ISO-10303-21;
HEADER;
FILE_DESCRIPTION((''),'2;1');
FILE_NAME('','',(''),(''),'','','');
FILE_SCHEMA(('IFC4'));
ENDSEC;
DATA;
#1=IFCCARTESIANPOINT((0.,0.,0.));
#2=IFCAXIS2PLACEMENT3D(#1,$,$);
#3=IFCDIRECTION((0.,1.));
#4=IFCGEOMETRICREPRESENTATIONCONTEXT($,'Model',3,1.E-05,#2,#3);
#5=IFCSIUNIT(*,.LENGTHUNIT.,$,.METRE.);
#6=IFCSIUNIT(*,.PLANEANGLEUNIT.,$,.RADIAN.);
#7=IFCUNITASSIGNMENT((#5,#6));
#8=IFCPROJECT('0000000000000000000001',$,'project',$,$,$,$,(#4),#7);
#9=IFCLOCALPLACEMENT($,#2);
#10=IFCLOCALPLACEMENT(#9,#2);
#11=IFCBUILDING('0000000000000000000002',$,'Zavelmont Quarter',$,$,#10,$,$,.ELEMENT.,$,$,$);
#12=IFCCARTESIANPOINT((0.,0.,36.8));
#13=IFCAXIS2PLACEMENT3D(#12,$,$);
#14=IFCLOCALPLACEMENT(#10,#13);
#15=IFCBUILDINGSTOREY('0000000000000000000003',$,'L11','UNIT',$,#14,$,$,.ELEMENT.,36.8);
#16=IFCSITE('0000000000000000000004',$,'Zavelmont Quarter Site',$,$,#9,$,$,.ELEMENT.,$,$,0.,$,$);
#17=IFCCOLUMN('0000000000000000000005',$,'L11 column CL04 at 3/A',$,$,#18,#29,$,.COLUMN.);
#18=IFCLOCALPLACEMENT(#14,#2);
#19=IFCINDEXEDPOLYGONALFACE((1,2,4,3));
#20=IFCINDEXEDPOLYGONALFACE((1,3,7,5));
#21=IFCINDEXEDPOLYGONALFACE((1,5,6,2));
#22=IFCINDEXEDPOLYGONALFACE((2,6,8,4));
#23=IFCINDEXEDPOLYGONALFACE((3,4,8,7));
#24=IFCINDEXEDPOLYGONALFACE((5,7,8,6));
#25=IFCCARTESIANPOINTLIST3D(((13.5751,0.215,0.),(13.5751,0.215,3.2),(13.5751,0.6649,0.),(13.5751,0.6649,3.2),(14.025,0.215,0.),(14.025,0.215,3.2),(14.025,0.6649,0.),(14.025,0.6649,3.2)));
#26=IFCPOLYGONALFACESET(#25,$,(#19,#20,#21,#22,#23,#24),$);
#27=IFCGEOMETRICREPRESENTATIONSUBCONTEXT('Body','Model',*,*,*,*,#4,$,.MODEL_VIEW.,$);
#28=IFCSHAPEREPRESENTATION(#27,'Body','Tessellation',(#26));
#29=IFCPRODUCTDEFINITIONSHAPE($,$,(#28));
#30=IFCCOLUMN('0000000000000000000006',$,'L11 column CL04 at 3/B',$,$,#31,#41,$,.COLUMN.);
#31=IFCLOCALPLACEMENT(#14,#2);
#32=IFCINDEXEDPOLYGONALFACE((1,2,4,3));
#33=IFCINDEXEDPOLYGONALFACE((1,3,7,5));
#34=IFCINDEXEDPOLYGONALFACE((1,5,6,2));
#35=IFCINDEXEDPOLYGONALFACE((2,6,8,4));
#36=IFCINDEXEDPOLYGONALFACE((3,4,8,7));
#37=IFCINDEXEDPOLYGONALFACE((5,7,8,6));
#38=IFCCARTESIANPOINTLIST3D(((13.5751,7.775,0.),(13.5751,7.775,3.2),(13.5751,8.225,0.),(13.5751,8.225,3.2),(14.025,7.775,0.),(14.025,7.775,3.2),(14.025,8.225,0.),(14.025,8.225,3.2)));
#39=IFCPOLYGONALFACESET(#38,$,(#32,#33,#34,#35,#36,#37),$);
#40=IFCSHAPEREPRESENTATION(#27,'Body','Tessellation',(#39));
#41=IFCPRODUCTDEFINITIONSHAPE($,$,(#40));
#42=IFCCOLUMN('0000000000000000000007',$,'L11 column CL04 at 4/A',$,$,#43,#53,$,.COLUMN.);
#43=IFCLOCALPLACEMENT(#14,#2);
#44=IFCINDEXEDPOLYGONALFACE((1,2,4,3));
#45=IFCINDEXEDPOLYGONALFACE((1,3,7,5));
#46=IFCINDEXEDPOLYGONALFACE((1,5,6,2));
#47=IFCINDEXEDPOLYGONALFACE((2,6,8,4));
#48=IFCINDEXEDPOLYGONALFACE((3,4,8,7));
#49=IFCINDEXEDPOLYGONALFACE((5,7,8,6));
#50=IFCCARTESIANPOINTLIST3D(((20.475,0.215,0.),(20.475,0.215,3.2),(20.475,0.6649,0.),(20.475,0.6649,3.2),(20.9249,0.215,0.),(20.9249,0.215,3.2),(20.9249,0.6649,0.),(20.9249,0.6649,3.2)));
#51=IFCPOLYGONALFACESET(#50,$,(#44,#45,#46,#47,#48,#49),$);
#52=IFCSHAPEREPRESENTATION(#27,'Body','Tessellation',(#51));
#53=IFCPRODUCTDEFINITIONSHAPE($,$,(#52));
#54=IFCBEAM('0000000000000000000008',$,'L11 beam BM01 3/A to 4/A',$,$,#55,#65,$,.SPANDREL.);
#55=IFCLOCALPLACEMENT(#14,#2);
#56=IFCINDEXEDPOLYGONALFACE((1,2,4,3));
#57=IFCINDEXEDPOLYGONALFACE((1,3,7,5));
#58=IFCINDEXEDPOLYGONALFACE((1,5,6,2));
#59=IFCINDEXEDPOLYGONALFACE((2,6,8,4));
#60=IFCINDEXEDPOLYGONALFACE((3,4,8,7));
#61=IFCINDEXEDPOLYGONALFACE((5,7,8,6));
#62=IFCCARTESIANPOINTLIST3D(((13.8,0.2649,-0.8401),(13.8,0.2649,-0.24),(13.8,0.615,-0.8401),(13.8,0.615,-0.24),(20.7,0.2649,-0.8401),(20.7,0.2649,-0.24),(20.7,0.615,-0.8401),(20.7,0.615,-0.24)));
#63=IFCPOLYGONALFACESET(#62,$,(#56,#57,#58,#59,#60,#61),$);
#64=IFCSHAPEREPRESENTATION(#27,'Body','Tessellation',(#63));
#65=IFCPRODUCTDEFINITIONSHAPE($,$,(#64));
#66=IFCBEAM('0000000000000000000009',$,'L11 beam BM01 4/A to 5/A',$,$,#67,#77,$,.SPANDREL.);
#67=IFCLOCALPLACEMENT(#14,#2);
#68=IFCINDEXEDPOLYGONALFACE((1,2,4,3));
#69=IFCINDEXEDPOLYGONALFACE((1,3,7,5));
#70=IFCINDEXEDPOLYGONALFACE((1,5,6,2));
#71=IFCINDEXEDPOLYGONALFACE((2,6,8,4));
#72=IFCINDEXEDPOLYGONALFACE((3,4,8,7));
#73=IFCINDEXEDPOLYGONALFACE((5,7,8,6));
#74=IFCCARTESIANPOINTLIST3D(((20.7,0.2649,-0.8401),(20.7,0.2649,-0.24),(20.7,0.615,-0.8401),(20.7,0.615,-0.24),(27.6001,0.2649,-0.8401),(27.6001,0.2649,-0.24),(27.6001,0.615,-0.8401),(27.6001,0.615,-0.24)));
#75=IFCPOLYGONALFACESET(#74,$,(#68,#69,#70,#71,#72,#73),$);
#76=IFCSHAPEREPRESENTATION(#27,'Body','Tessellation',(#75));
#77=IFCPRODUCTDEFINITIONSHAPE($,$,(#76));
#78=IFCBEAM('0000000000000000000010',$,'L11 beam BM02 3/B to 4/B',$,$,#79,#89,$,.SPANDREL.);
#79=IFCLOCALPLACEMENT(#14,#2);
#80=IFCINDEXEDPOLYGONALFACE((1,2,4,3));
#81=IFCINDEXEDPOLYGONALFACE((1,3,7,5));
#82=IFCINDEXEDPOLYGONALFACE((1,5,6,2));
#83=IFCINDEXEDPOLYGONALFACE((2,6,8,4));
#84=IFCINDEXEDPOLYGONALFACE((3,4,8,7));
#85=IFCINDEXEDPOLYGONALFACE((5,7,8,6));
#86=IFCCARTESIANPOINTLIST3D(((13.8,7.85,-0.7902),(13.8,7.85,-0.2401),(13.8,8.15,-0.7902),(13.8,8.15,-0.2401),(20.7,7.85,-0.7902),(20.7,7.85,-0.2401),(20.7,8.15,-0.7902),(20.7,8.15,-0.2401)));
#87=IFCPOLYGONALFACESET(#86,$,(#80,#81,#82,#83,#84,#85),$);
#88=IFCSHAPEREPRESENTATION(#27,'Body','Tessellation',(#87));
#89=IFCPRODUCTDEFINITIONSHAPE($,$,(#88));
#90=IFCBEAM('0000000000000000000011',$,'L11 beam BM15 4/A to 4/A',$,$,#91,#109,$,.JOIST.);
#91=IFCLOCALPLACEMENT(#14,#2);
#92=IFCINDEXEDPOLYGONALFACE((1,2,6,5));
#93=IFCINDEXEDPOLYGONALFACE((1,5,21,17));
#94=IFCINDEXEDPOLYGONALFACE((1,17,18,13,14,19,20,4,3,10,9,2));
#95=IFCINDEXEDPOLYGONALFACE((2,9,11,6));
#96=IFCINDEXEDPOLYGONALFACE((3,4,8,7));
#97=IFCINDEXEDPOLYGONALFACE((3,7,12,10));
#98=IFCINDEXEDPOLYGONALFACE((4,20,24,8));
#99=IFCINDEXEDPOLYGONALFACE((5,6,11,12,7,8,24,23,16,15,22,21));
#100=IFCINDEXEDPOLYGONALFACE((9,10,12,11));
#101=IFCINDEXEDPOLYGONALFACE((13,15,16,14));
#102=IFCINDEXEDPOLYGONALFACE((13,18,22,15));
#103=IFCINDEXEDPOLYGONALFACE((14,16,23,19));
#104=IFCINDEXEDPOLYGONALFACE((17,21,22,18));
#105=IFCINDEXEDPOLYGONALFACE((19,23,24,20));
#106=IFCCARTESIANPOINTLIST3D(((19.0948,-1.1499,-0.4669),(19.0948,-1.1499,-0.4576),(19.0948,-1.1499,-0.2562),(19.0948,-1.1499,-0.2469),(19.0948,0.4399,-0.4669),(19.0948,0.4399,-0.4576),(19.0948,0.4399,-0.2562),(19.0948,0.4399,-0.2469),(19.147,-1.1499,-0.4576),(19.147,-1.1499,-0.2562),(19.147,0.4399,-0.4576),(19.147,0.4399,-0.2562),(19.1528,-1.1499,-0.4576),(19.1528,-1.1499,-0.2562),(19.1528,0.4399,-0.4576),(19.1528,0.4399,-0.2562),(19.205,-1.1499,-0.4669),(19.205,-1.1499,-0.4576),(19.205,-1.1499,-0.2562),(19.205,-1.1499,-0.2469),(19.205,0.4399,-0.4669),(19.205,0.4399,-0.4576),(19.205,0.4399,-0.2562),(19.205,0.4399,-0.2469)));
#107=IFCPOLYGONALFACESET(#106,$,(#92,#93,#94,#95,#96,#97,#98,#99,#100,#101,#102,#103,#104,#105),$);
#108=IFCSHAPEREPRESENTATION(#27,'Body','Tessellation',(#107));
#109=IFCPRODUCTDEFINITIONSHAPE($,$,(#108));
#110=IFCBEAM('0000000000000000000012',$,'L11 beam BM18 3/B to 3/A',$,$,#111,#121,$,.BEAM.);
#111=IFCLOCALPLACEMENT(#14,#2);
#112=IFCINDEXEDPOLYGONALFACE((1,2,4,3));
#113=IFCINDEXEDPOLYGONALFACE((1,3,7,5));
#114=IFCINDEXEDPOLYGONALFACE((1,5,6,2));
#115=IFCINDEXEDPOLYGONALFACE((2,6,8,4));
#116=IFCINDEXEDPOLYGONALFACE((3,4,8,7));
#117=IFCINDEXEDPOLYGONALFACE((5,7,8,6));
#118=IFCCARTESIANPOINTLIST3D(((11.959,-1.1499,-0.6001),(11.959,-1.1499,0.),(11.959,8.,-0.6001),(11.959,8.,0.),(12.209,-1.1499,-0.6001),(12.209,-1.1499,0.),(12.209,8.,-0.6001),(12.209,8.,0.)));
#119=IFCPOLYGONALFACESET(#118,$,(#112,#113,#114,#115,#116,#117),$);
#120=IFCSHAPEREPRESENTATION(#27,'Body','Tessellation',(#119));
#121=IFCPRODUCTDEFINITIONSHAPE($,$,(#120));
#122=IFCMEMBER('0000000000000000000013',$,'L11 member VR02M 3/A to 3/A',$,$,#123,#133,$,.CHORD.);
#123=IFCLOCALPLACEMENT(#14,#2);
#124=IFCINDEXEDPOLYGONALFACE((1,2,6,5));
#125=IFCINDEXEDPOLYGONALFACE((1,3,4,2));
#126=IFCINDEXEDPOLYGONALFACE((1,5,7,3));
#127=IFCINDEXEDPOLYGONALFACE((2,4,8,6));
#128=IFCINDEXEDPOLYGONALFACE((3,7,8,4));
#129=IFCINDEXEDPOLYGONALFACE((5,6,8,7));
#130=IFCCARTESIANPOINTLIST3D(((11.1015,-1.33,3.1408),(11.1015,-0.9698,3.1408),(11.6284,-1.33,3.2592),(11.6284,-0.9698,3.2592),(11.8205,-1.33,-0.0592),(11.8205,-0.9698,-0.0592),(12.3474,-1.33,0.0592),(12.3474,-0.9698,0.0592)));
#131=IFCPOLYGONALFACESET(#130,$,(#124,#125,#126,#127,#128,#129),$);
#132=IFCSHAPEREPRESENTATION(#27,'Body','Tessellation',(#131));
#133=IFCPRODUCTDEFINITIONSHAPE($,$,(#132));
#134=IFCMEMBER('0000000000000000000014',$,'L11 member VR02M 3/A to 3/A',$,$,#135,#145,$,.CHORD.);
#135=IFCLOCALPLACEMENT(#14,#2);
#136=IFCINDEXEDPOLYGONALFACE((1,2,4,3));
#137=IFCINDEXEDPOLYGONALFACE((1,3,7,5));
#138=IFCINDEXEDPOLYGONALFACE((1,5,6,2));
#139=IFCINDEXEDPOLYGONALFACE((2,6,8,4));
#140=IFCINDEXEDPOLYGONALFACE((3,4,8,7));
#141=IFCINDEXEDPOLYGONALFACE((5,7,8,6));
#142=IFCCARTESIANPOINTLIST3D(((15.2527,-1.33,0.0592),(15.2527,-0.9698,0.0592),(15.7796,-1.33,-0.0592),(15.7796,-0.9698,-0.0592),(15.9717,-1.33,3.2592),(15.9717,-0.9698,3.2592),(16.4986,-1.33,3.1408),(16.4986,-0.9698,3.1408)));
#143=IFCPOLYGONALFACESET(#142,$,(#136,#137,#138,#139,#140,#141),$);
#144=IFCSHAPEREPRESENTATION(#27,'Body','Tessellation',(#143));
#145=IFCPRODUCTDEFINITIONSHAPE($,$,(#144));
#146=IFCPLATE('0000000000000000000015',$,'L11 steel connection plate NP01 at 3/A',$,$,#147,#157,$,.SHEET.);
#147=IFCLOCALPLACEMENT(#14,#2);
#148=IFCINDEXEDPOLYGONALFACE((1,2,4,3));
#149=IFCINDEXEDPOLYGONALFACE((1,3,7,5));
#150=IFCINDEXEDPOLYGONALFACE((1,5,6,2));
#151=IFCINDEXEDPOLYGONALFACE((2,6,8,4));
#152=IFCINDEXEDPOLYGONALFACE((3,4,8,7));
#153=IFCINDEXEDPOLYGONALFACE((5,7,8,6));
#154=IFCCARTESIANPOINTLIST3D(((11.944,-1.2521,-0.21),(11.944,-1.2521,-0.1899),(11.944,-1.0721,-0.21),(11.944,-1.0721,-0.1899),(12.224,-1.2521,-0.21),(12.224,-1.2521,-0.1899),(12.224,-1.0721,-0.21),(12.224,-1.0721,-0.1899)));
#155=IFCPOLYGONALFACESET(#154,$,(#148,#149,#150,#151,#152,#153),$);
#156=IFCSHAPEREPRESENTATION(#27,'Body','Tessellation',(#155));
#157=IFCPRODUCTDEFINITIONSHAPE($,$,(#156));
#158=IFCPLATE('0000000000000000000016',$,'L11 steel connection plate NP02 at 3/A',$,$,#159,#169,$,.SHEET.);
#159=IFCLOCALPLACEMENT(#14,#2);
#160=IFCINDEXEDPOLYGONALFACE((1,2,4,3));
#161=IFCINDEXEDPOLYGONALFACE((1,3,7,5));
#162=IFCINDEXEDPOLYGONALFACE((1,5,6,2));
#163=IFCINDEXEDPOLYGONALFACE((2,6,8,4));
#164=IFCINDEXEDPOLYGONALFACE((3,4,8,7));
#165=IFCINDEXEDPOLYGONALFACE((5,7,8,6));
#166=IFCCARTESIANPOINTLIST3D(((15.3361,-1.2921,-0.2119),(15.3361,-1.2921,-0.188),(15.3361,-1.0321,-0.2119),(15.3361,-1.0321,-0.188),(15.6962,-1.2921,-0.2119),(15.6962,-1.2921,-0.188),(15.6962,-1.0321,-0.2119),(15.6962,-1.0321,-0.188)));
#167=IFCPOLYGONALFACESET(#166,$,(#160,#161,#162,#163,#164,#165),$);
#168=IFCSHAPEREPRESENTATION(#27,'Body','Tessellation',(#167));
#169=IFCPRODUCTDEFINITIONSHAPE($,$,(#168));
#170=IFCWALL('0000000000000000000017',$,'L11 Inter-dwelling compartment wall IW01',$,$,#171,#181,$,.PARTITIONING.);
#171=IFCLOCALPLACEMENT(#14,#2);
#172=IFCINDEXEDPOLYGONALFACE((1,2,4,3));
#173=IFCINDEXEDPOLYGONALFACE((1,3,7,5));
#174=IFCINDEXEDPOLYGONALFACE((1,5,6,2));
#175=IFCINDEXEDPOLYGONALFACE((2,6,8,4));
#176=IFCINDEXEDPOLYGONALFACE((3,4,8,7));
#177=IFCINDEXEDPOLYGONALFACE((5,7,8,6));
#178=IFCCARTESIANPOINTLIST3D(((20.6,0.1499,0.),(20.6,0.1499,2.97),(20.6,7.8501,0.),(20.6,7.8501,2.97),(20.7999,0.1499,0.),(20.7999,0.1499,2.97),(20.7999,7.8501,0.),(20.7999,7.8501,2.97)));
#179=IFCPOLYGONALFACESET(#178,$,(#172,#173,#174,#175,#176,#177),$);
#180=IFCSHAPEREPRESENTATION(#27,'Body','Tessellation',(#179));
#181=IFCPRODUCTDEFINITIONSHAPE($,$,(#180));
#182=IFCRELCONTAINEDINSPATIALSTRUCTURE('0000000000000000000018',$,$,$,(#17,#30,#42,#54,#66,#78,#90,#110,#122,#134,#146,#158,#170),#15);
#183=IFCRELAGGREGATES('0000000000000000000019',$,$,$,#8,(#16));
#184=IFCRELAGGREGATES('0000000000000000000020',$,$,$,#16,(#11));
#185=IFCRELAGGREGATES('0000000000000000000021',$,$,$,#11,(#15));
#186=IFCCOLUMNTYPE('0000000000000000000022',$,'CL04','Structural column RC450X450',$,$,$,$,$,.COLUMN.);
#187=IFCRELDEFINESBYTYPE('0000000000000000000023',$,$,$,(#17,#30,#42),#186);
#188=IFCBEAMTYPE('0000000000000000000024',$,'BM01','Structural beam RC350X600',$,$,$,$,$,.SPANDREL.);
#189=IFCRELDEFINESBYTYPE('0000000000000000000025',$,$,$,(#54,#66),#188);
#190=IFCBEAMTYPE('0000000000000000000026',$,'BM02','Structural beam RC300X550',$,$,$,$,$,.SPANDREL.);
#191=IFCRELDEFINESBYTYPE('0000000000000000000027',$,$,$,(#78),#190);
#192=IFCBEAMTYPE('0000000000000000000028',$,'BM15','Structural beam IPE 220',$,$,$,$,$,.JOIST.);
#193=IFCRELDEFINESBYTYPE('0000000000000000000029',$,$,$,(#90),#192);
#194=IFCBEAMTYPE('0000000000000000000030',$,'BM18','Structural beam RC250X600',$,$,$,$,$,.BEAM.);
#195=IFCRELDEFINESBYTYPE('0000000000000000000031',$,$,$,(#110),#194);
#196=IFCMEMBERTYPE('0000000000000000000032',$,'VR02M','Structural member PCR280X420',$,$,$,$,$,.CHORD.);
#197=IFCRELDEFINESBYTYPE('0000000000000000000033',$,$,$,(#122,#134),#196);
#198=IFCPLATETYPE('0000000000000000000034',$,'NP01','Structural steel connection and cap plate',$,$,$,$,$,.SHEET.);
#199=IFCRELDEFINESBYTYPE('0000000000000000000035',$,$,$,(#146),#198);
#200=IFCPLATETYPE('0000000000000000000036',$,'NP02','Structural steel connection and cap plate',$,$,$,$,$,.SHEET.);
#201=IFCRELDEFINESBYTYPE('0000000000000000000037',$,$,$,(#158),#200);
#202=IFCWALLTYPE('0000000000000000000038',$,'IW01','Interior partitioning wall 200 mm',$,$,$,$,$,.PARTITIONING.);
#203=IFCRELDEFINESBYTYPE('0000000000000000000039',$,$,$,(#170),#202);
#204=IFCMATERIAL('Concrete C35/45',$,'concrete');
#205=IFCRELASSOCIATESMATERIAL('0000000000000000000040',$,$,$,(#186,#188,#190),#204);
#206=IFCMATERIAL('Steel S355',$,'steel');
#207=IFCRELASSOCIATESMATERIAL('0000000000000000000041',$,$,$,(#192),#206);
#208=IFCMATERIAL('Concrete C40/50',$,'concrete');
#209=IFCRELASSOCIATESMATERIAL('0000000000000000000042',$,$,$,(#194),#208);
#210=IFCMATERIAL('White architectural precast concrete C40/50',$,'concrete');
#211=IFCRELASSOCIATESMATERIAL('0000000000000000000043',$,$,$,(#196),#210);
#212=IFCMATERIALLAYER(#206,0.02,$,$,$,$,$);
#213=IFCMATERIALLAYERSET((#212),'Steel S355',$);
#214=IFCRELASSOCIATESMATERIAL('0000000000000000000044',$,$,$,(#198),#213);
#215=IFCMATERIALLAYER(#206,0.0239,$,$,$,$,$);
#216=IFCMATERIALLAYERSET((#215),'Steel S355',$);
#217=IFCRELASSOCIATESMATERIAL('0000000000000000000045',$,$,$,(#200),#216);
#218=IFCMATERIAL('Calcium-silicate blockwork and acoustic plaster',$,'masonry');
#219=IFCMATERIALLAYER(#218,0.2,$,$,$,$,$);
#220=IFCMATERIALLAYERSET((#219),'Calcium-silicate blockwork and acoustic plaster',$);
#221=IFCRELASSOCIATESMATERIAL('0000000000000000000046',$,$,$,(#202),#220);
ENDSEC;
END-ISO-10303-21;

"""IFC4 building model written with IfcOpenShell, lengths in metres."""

from ifc_helpers import new_model, si_unit, direction, frame, frame_2d, origin, origin_2d, place, context, subcontext, project, spatial, rectangle, i_section, extrude, material, layer, layer_set, material_profile, profile_set, type_object, element, save


model = new_model("IFC4")

# Units and contexts
model_context = context("Model", 3, precision=1e-05, world=origin(), true_north=direction((0.0, 1.0)))
body_context = subcontext(model_context, "Body", "Model", "MODEL_VIEW")
ifc_project = project(units=[si_unit("LENGTHUNIT", "METRE"), si_unit("PLANEANGLEUNIT", "RADIAN")], contexts=[model_context])

# Site, building, storey
site_placement = place(None, origin())
site = spatial("IfcSite", under=ifc_project, at=site_placement, Name="Zavelmont Quarter Site", CompositionType="ELEMENT", RefElevation=0.0)
building_placement = place(site_placement, origin())
building = spatial("IfcBuilding", under=site, at=building_placement, Name="Zavelmont Quarter", CompositionType="ELEMENT")
storey_placement = place(building_placement, frame((0.0, 0.0, 36.8)))
storey = spatial("IfcBuildingStorey", under=building, at=storey_placement, Name="L11", Description="UNIT", CompositionType="ELEMENT", Elevation=36.8)

# Columns
ifc_material_1 = material(Name="Concrete C35/45", Category="concrete")
ifc_material_profile_1 = material_profile(ifc_material_1, rectangle(XDim=0.45, YDim=0.45, at=origin_2d()), Name="RC450X450")
ifc_profile_set_1 = profile_set([ifc_material_profile_1], Name="Concrete C35/45")
column_type = type_object("IfcColumnType", Name="CL04", Description="Structural column RC450X450", PredefinedType="COLUMN", material=ifc_profile_set_1)
for number, where, z_axis, x_axis, name in (
    (1, (13.8, 0.4399, 0.0), (0.0, 0.0, 1.0), (1.0, 0.0, 0.0), "L11 column CL04 at 3/A"),
    (2, (13.8, 8.0, 0.0), (0.0, 0.0, 1.0), (1.0, 0.0, 0.0), "L11 column CL04 at 3/B"),
    (3, (20.7, 0.4399, 0.0), (0.0, 0.0, 1.0), (1.0, 0.0, 0.0), "L11 column CL04 at 4/A"),
):
    element("IfcColumn", number, at=place(storey_placement, frame(where, z_axis=z_axis, x_axis=x_axis)), inside=storey, type_object=column_type, Name=name, PredefinedType="COLUMN", context=body_context, shape_type="SweptSolid", body=[
        extrude(rectangle(XDim=0.45, YDim=0.45, at=origin_2d()), origin(), (0.0, 0.0, 1.0), 3.2),
    ])

# Beams
ifc_material_profile_2 = material_profile(ifc_material_1, rectangle(XDim=0.3501, YDim=0.6001, at=origin_2d()), Name="RC350X600")
ifc_profile_set_2 = profile_set([ifc_material_profile_2], Name="Concrete C35/45")
beam_type_1 = type_object("IfcBeamType", Name="BM01", Description="Structural beam RC350X600", PredefinedType="SPANDREL", material=ifc_profile_set_2)
beam_1_placement = place(storey_placement, frame((13.8, 0.4399, -0.54), z_axis=(1.0, 0.0, 0.0), x_axis=(0.0, 1.0, 0.0)))
element("IfcBeam", 4, at=beam_1_placement, inside=storey, type_object=beam_type_1, Name="L11 beam BM01 3/A to 4/A", PredefinedType="SPANDREL", context=body_context, shape_type="SweptSolid", body=[
    extrude(rectangle(XDim=0.3501, YDim=0.6001, at=origin_2d()), origin(), (0.0, 0.0, 1.0), 6.8999),
])
beam_2_placement = place(storey_placement, frame((20.7, 0.4399, -0.54), z_axis=(1.0, 0.0, 0.0), x_axis=(0.0, 1.0, 0.0)))
element("IfcBeam", 5, at=beam_2_placement, inside=storey, type_object=beam_type_1, Name="L11 beam BM01 4/A to 5/A", PredefinedType="SPANDREL", context=body_context, shape_type="SweptSolid", body=[
    extrude(rectangle(XDim=0.3501, YDim=0.6001, at=origin_2d()), origin(), (0.0, 0.0, 1.0), 6.9001),
])
ifc_material_profile_3 = material_profile(ifc_material_1, rectangle(XDim=0.3, YDim=0.55, at=origin_2d()), Name="RC300X550")
ifc_profile_set_3 = profile_set([ifc_material_profile_3], Name="Concrete C35/45")
beam_type_2 = type_object("IfcBeamType", Name="BM02", Description="Structural beam RC300X550", PredefinedType="SPANDREL", material=ifc_profile_set_3)
beam_3_placement = place(storey_placement, frame((13.8, 8.0, -0.5151), z_axis=(1.0, 0.0, 0.0), x_axis=(0.0, 1.0, 0.0)))
element("IfcBeam", 6, at=beam_3_placement, inside=storey, type_object=beam_type_2, Name="L11 beam BM02 3/B to 4/B", PredefinedType="SPANDREL", context=body_context, shape_type="SweptSolid", body=[
    extrude(rectangle(XDim=0.3, YDim=0.55, at=origin_2d()), origin(), (0.0, 0.0, 1.0), 6.8999),
])
ifc_material_2 = material(Name="Steel S355", Category="steel")
ifc_material_profile_4 = material_profile(ifc_material_2, i_section(OverallWidth=0.1101, OverallDepth=0.22, WebThickness=0.0059, FlangeThickness=0.0093, at=origin_2d()), Name="IPE 220")
ifc_profile_set_4 = profile_set([ifc_material_profile_4], Name="Steel S355")
beam_type_3 = type_object("IfcBeamType", Name="BM15", Description="Structural beam IPE 220", PredefinedType="JOIST", material=ifc_profile_set_4)
beam_4_placement = place(storey_placement, frame((19.1499, 0.4399, -0.3569), z_axis=(0.0, -1.0, 0.0), x_axis=(1.0, 0.0, 0.0)))
element("IfcBeam", 7, at=beam_4_placement, inside=storey, type_object=beam_type_3, Name="L11 beam BM15 4/A to 4/A", PredefinedType="JOIST", context=body_context, shape_type="SweptSolid", body=[
    extrude(i_section(OverallWidth=0.1101, OverallDepth=0.22, WebThickness=0.0059, FlangeThickness=0.0093, at=origin_2d()), origin(), (0.0, 0.0, 1.0), 1.5898),
])
ifc_material_3 = material(Name="Concrete C40/50", Category="concrete")
ifc_material_profile_5 = material_profile(ifc_material_3, rectangle(XDim=0.25, YDim=0.6001, at=origin_2d()), Name="RC250X600")
ifc_profile_set_5 = profile_set([ifc_material_profile_5], Name="Concrete C40/50")
beam_type_4 = type_object("IfcBeamType", Name="BM18", Description="Structural beam RC250X600", PredefinedType="BEAM", material=ifc_profile_set_5)
beam_5_placement = place(storey_placement, frame((12.084, 8.0, -0.3), z_axis=(0.0, -1.0, 0.0), x_axis=(1.0, 0.0, 0.0)))
element("IfcBeam", 8, at=beam_5_placement, inside=storey, type_object=beam_type_4, Name="L11 beam BM18 3/B to 3/A", PredefinedType="BEAM", context=body_context, shape_type="SweptSolid", body=[
    extrude(rectangle(XDim=0.25, YDim=0.6001, at=origin_2d()), origin(), (0.0, 0.0, 1.0), 9.1499),
])

# Members
ifc_material_4 = material(Name="White architectural precast concrete C40/50", Category="concrete")
ifc_material_profile_6 = material_profile(ifc_material_4, rectangle(XDim=0.3601, YDim=0.54, at=origin_2d()), Name="PCR280X420")
ifc_profile_set_6 = profile_set([ifc_material_profile_6], Name="White architectural precast concrete C40/50")
member_type = type_object("IfcMemberType", Name="VR02M", Description="Structural member PCR280X420", PredefinedType="CHORD", material=ifc_profile_set_6)
for number, where, z_axis, x_axis, name in (
    (9, (12.084, -1.1499, 0.0), (-0.219223, 0.0, 0.975675), (0.0, -1.0, 0.0), "L11 member VR02M 3/A to 3/A"),
    (10, (15.5161, -1.1499, 0.0), (0.219223, 0.0, 0.975675), (0.0, 1.0, 0.0), "L11 member VR02M 3/A to 3/A"),
):
    element("IfcMember", number, at=place(storey_placement, frame(where, z_axis=z_axis, x_axis=x_axis)), inside=storey, type_object=member_type, Name=name, PredefinedType="CHORD", context=body_context, shape_type="SweptSolid", body=[
        extrude(rectangle(XDim=0.3601, YDim=0.54, at=origin_2d()), origin(), (0.0, 0.0, 1.0), 3.2798),
    ])

# Plates
ifc_layer_1 = layer(ifc_material_2, 0.02)
ifc_layer_set_1 = layer_set([ifc_layer_1], Name="Steel S355")
plate_type_1 = type_object("IfcPlateType", Name="NP01", Description="Structural steel connection and cap plate", PredefinedType="SHEET", material=ifc_layer_set_1)
plate_1_placement = place(storey_placement, frame((12.084, -1.1621, -0.21), z_axis=(0.0, 0.0, 1.0), x_axis=(1.0, 0.0, 0.0)))
element("IfcPlate", 11, at=plate_1_placement, inside=storey, type_object=plate_type_1, Name="L11 steel connection plate NP01 at 3/A", PredefinedType="SHEET", context=body_context, shape_type="SweptSolid", body=[
    extrude(rectangle(XDim=0.28, YDim=0.1799, at=origin_2d()), origin(), (0.0, 0.0, 1.0), 0.02),
])
ifc_layer_2 = layer(ifc_material_2, 0.0239)
ifc_layer_set_2 = layer_set([ifc_layer_2], Name="Steel S355")
plate_type_2 = type_object("IfcPlateType", Name="NP02", Description="Structural steel connection and cap plate", PredefinedType="SHEET", material=ifc_layer_set_2)
plate_2_placement = place(storey_placement, frame((15.5161, -1.1621, -0.2119), z_axis=(0.0, 0.0, 1.0), x_axis=(1.0, 0.0, 0.0)))
element("IfcPlate", 12, at=plate_2_placement, inside=storey, type_object=plate_type_2, Name="L11 steel connection plate NP02 at 3/A", PredefinedType="SHEET", context=body_context, shape_type="SweptSolid", body=[
    extrude(rectangle(XDim=0.3601, YDim=0.26, at=origin_2d()), origin(), (0.0, 0.0, 1.0), 0.0239),
])

# Wall
ifc_material_5 = material(Name="Calcium-silicate blockwork and acoustic plaster", Category="masonry")
ifc_layer_3 = layer(ifc_material_5, 0.2)
ifc_layer_set_3 = layer_set([ifc_layer_3], Name="Calcium-silicate blockwork and acoustic plaster")
wall_type_1 = type_object("IfcWallType", Name="IW01", Description="Interior partitioning wall 200 mm", PredefinedType="PARTITIONING", material=ifc_layer_set_3)
wall_1_placement = place(storey_placement, frame((20.7, 7.8501, 0.0), z_axis=(0.0, 0.0, 1.0), x_axis=(0.0, -1.0, 0.0)))
element("IfcWall", 13, at=wall_1_placement, inside=storey, type_object=wall_type_1, Name="L11 Inter-dwelling compartment wall IW01", PredefinedType="PARTITIONING", context=body_context, shape_type="SweptSolid", body=[
    extrude(rectangle(XDim=7.7002, YDim=0.2, at=frame_2d((3.8501, 0.0))), origin(), (0.0, 0.0, 1.0), 2.97),
])

save(model, "model.ifc")
